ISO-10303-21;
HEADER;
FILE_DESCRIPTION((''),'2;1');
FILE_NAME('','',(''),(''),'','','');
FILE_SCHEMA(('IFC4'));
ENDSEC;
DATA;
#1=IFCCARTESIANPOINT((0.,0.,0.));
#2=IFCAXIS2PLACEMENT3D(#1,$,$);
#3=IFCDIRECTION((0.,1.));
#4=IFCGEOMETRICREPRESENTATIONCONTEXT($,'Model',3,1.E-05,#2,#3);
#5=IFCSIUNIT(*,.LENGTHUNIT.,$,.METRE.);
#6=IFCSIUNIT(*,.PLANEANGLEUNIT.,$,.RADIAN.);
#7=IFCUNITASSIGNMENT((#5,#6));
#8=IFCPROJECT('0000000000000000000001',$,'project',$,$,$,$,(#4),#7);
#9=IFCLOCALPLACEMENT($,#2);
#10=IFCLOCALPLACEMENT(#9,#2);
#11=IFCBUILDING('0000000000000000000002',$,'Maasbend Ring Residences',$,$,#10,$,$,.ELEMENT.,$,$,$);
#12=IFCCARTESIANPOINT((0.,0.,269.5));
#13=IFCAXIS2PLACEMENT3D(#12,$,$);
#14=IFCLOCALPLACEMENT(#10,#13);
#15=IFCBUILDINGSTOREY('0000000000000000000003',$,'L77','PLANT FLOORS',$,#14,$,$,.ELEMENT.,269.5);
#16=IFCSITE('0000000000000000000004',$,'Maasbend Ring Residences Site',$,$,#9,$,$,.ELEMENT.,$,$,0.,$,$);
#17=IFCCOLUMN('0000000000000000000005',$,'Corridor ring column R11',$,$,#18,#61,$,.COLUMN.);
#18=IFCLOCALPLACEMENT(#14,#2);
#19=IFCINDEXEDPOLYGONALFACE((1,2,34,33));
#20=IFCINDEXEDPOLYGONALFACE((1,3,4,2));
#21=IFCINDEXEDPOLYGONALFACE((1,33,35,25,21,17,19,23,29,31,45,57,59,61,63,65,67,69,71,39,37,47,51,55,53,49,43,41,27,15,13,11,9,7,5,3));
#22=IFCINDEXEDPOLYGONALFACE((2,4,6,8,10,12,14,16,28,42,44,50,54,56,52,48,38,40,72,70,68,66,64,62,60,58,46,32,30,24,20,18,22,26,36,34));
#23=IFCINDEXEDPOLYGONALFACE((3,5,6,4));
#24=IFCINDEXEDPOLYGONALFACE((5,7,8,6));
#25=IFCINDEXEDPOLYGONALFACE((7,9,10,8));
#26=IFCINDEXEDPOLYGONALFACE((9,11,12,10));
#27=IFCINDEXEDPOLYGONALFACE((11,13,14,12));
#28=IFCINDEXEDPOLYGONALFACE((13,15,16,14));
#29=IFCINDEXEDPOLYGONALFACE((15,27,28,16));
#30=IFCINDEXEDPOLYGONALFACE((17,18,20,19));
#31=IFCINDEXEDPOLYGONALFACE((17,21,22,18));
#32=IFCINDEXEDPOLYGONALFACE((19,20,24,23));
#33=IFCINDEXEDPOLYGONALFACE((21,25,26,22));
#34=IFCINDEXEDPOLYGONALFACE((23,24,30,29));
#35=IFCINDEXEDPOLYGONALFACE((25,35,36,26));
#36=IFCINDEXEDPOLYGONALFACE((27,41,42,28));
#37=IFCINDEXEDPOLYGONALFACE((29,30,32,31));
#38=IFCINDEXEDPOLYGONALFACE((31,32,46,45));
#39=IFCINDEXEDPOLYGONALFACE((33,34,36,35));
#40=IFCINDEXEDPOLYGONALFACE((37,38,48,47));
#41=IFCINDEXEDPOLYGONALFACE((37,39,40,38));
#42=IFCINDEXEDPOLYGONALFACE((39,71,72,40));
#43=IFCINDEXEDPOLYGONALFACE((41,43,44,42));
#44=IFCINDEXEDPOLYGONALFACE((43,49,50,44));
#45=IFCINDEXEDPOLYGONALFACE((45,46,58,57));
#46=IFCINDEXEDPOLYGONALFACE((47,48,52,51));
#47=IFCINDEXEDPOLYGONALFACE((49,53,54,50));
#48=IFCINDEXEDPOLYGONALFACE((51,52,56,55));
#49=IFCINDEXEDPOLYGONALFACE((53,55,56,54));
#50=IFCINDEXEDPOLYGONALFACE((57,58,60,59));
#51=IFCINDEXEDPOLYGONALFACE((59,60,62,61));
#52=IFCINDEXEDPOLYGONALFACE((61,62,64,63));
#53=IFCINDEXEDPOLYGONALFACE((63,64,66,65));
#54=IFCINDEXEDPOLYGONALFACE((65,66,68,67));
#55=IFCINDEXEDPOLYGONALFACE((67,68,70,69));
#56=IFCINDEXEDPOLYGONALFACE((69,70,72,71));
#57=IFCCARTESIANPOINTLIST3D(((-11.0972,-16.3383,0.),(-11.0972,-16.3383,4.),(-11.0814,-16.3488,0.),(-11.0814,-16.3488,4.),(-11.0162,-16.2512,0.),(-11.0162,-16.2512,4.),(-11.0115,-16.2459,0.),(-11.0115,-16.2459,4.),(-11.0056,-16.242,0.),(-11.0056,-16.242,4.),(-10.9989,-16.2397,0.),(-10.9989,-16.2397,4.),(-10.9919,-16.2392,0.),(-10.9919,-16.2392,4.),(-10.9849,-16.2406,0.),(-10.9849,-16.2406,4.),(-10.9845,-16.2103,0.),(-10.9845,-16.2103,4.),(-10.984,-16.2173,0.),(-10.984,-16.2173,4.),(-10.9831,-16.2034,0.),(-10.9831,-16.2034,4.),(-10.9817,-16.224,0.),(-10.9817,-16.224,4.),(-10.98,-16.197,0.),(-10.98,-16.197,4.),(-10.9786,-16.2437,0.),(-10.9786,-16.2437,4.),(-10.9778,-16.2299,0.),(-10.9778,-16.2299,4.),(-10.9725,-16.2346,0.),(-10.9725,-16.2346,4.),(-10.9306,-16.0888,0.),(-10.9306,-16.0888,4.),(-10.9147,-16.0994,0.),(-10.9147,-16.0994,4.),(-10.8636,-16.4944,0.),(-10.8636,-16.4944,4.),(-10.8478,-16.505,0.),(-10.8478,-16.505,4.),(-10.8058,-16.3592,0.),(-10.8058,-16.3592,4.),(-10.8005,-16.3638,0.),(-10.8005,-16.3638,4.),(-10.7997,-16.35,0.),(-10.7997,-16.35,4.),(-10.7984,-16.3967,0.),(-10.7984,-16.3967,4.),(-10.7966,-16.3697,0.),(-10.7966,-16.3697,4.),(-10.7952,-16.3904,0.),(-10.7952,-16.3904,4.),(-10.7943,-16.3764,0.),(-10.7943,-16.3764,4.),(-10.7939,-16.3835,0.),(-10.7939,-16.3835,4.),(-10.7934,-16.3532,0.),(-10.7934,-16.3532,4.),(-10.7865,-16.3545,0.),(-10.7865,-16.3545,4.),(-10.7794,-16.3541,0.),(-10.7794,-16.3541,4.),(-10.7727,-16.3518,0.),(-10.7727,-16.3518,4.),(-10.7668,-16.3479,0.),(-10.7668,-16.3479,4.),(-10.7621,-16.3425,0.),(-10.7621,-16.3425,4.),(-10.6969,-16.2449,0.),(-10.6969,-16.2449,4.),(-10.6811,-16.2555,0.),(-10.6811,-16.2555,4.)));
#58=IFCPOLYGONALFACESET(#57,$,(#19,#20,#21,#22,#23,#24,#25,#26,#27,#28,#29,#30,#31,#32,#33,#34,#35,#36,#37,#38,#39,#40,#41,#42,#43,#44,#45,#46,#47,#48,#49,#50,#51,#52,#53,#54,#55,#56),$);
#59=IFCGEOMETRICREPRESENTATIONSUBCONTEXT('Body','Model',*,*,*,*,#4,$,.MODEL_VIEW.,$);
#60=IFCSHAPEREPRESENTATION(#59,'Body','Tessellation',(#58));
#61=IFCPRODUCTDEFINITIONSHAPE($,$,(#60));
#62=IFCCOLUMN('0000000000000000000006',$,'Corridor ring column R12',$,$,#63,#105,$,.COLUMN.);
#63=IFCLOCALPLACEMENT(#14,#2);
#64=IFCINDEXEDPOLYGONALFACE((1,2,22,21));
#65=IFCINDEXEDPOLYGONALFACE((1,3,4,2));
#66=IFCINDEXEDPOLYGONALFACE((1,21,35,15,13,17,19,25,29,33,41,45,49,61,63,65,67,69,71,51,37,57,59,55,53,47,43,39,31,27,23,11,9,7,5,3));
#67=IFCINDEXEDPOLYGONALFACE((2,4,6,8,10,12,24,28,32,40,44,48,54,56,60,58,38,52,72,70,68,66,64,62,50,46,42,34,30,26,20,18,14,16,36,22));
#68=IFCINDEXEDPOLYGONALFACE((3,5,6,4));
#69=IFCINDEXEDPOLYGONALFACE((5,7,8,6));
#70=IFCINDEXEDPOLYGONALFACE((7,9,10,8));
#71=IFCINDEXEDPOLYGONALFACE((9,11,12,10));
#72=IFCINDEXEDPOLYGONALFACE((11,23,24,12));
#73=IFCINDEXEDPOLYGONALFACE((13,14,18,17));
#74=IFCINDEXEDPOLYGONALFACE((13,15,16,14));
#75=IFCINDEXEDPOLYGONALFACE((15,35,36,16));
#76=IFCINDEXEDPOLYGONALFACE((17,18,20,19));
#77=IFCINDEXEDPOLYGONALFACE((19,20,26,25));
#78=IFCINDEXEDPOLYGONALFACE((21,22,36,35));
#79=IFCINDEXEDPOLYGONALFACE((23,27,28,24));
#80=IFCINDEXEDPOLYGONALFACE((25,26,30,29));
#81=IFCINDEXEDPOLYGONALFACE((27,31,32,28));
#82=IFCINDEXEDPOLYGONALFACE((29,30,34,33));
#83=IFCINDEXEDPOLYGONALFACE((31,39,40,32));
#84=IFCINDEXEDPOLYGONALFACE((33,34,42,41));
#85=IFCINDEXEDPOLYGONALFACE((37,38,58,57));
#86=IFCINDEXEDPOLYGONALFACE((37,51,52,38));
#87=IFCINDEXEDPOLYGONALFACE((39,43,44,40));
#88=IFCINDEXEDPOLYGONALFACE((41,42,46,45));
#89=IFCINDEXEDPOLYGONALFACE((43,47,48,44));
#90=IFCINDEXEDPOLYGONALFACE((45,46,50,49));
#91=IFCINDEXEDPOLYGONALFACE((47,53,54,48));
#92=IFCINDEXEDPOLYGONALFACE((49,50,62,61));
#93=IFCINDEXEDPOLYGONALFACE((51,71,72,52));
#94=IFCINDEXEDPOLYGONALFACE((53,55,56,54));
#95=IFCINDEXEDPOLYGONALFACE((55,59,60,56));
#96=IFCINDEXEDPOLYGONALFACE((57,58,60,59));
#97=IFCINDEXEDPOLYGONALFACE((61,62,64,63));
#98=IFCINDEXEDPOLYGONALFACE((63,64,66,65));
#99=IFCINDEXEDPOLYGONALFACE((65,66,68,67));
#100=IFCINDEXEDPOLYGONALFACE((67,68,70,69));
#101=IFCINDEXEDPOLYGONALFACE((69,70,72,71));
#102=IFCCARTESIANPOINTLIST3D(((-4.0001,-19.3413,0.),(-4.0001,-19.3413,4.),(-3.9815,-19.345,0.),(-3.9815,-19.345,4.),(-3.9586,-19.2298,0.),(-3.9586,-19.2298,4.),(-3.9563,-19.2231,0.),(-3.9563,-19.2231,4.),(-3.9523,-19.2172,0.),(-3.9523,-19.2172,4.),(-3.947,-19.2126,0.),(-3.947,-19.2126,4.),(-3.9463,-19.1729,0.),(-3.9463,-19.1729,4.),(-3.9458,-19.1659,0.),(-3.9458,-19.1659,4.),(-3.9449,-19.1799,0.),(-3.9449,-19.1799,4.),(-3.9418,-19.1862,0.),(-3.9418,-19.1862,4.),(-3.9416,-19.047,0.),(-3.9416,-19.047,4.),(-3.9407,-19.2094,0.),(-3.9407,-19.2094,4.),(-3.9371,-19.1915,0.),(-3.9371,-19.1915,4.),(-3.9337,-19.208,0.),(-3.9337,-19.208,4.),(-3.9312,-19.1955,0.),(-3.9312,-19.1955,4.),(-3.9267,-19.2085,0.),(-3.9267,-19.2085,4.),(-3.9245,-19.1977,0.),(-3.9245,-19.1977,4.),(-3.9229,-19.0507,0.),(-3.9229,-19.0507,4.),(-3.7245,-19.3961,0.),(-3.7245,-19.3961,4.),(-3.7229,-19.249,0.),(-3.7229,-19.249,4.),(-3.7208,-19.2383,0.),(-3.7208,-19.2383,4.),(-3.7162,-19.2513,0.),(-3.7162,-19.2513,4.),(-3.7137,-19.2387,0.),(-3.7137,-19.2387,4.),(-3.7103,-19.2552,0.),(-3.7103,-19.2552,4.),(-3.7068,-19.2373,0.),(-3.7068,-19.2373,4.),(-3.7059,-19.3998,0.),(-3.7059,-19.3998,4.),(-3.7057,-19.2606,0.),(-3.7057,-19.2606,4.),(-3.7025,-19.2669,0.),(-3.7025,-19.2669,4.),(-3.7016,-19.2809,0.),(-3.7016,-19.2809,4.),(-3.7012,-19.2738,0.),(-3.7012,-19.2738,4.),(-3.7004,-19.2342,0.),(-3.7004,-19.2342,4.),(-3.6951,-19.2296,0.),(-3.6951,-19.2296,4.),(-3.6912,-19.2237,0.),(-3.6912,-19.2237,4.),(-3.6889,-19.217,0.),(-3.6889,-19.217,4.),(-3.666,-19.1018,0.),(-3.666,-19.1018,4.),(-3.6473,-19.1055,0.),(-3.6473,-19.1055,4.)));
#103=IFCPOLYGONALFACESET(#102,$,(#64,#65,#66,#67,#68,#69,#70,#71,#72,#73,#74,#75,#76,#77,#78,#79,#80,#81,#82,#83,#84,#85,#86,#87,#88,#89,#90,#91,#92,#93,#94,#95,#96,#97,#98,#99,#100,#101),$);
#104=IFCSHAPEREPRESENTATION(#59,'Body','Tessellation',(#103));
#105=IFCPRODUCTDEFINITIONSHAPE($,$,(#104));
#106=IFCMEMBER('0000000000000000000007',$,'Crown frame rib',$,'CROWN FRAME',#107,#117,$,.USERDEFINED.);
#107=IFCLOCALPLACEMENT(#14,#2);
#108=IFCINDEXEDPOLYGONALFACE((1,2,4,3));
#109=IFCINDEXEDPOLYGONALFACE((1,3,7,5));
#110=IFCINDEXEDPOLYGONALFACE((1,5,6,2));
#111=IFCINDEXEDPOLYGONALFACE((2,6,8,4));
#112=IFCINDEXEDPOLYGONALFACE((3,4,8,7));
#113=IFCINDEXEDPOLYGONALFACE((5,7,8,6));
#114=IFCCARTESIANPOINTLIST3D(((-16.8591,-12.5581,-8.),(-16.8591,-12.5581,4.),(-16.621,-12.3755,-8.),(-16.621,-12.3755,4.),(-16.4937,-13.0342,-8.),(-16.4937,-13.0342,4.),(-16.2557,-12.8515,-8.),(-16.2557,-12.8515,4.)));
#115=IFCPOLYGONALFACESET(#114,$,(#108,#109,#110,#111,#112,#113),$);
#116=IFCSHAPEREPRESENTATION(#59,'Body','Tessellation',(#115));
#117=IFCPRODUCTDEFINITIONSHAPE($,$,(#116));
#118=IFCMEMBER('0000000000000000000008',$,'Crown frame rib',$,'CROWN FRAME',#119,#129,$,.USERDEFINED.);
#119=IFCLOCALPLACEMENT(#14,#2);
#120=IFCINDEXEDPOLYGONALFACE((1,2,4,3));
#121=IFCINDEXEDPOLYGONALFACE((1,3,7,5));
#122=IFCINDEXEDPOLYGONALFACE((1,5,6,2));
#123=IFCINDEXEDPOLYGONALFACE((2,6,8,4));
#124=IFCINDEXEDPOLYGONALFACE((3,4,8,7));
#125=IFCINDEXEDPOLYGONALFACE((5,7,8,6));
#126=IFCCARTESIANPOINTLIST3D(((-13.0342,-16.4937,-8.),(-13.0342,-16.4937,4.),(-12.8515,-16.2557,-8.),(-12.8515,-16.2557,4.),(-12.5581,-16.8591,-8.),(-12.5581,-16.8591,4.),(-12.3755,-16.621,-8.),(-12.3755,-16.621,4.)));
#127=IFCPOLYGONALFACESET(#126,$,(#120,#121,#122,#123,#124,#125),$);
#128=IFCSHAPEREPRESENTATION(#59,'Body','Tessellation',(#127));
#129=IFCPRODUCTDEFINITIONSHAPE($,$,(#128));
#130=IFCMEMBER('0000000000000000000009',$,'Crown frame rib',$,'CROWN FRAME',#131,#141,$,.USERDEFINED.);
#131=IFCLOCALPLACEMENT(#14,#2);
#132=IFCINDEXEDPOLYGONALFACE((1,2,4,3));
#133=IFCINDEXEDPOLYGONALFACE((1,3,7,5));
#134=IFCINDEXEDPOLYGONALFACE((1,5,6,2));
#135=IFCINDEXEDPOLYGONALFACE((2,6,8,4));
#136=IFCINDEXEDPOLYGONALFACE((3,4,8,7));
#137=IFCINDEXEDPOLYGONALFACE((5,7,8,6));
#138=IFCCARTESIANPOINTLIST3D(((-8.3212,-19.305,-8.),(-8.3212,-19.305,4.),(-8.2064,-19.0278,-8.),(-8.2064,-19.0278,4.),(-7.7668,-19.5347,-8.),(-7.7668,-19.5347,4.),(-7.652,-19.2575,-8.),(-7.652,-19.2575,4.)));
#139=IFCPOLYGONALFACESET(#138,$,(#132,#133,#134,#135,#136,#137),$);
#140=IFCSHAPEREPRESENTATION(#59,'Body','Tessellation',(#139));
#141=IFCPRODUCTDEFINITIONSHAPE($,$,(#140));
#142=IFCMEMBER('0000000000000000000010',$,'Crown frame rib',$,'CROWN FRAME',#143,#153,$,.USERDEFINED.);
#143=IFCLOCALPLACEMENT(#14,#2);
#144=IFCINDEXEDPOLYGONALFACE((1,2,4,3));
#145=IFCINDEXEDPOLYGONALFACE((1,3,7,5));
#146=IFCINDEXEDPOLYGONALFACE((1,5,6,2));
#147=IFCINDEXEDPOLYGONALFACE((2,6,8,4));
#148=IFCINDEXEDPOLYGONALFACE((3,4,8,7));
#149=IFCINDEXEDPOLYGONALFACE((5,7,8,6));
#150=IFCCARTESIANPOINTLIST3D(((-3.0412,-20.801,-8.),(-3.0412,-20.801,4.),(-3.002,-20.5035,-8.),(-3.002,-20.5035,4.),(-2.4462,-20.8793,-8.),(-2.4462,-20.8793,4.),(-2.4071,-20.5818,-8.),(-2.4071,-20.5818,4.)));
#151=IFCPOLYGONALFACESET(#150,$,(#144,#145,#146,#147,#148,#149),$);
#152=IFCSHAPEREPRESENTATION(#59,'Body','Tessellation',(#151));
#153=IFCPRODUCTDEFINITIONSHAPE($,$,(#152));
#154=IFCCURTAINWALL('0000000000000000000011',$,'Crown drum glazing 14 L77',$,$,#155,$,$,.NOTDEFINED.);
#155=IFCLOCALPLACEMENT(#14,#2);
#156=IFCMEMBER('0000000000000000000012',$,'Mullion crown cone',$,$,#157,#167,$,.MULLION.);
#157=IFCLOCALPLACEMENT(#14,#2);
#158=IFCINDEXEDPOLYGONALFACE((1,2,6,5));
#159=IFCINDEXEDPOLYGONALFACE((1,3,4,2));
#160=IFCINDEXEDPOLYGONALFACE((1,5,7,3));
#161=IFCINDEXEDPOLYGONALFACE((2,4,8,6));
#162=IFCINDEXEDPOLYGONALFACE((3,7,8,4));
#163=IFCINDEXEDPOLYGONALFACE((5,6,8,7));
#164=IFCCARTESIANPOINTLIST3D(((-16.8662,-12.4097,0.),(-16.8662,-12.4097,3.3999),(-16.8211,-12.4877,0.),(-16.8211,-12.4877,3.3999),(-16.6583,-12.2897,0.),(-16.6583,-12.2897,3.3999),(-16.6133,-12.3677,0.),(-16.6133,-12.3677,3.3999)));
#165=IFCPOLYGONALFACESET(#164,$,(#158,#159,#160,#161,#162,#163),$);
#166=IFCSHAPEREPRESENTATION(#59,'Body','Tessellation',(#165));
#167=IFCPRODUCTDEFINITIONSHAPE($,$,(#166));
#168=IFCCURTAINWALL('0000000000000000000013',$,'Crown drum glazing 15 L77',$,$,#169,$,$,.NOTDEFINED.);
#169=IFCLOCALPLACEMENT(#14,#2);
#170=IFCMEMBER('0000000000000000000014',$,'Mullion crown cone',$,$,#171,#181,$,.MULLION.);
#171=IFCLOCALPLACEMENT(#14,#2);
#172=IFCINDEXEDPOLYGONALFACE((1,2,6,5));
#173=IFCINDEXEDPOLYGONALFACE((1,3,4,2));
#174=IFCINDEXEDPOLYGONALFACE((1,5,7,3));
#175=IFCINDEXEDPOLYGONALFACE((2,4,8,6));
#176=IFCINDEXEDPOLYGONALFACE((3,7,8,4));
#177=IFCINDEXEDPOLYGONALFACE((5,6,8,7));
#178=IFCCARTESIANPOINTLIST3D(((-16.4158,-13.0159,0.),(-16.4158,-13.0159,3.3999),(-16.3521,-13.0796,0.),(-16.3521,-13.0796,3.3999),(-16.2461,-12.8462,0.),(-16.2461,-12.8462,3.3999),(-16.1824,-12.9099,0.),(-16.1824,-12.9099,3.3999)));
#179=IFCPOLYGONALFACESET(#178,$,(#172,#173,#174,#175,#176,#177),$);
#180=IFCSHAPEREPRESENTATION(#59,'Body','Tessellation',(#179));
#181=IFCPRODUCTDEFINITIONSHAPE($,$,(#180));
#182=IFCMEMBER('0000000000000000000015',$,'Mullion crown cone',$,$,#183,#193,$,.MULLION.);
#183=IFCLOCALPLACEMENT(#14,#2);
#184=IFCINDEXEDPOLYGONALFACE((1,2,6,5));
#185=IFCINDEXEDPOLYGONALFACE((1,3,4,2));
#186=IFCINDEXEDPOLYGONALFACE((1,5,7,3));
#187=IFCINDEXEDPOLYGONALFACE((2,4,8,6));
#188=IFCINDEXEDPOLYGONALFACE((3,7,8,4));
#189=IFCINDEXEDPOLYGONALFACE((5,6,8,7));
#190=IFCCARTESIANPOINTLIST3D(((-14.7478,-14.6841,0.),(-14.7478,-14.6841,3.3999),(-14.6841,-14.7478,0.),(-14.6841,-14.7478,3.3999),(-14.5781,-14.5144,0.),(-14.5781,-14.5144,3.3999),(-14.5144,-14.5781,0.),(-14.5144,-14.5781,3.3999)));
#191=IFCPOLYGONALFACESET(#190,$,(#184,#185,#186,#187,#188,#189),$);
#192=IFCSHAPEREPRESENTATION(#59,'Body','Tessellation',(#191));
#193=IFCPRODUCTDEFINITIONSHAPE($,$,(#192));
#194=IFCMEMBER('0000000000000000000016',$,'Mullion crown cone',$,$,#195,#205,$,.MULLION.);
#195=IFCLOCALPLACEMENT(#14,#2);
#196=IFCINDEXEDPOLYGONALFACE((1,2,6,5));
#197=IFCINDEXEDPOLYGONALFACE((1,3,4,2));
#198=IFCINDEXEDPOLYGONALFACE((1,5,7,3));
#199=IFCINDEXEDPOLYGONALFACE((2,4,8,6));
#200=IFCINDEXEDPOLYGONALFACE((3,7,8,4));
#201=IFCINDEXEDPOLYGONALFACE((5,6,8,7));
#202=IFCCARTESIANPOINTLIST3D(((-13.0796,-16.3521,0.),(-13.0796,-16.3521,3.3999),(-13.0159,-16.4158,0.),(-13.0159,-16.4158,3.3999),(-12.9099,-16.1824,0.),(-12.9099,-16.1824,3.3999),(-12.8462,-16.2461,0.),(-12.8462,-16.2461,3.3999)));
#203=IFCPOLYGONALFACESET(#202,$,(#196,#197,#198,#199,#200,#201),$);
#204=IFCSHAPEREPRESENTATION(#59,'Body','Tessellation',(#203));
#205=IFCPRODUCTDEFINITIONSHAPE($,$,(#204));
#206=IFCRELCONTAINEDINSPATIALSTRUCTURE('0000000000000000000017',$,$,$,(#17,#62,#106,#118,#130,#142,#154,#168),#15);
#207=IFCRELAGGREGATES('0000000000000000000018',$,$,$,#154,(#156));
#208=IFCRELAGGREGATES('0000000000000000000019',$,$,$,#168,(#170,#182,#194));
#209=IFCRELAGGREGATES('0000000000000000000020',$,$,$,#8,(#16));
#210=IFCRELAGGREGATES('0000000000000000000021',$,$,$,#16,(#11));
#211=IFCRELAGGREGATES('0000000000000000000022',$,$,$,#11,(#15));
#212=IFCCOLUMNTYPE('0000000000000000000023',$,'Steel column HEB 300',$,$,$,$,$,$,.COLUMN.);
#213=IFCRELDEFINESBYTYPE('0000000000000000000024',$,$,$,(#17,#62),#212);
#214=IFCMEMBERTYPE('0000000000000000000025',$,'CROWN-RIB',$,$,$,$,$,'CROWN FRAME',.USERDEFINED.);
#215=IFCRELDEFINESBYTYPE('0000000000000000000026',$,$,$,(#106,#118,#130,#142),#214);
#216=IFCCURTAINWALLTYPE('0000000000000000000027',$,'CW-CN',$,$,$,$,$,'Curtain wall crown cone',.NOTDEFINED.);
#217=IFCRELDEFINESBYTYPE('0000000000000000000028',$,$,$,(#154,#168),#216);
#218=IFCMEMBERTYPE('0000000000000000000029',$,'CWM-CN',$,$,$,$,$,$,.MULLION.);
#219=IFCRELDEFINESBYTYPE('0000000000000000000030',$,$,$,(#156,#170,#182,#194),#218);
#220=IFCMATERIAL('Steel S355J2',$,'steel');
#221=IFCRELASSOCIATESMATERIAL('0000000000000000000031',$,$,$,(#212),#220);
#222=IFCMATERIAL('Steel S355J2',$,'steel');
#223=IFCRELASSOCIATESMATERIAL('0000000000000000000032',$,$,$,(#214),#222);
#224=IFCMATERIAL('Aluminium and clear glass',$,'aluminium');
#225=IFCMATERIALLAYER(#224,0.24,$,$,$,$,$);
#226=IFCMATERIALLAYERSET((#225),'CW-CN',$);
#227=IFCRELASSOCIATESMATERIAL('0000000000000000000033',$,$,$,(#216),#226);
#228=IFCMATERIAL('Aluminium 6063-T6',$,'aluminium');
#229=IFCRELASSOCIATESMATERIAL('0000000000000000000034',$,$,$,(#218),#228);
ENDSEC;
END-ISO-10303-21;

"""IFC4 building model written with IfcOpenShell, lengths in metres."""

from ifc_helpers import new_model, si_unit, direction, frame, origin, origin_2d, place, context, subcontext, project, spatial, rectangle, i_section, extrude, material, layer, layer_set, material_profile, profile_set, type_object, element, aggregate, save


model = new_model("IFC4")

# Units and contexts
model_context = context("Model", 3, precision=1e-05, world=origin(), true_north=direction((0.0, 1.0)))
body_context = subcontext(model_context, "Body", "Model", "MODEL_VIEW")
ifc_project = project(units=[si_unit("LENGTHUNIT", "METRE"), si_unit("PLANEANGLEUNIT", "RADIAN")], contexts=[model_context])

# Site, building, storey
site_placement = place(None, origin())
site = spatial("IfcSite", under=ifc_project, at=site_placement, Name="Maasbend Ring Residences Site", CompositionType="ELEMENT", RefElevation=0.0)
building_placement = place(site_placement, origin())
building = spatial("IfcBuilding", under=site, at=building_placement, Name="Maasbend Ring Residences", CompositionType="ELEMENT")
storey_placement = place(building_placement, frame((0.0, 0.0, 269.5)))
storey = spatial("IfcBuildingStorey", under=building, at=storey_placement, Name="L77", Description="PLANT FLOORS", CompositionType="ELEMENT", Elevation=269.5)

# Columns
ifc_material_1 = material(Name="Steel S355J2", Category="steel")
ifc_material_profile_1 = material_profile(ifc_material_1, i_section(OverallWidth=0.3, OverallDepth=0.3, WebThickness=0.011, FlangeThickness=0.019, FilletRadius=0.0271, at=origin_2d()), Name="HEB 300")
ifc_profile_set_1 = profile_set([ifc_material_profile_1], Name="Steel S355J2")
column_type = type_object("IfcColumnType", Name="Steel column HEB 300", PredefinedType="COLUMN", material=ifc_profile_set_1)
for number, where, z_axis, x_axis, name in (
    (1, (-10.8892, -16.2969, 0.0), (0.0, 0.0, 1.0), (-0.55557, -0.83147, 0.0), "Corridor ring column R11"),
    (2, (-3.8237, -19.2234, 0.0), (0.0, 0.0, 1.0), (-0.19509, -0.980785, 0.0), "Corridor ring column R12"),
):
    element("IfcColumn", number, at=place(storey_placement, frame(where, z_axis=z_axis, x_axis=x_axis)), inside=storey, type_object=column_type, Name=name, PredefinedType="COLUMN", context=body_context, shape_type="SweptSolid", body=[
        extrude(i_section(OverallWidth=0.3, OverallDepth=0.3, WebThickness=0.011, FlangeThickness=0.019, FilletRadius=0.0271, at=origin_2d()), origin(), (0.0, 0.0, 1.0), 4.0),
    ])

# Members
ifc_material_2 = material(Name="Steel S355J2", Category="steel")
ifc_material_profile_2 = material_profile(ifc_material_2, rectangle(XDim=0.3, YDim=0.6001, at=origin_2d()), Name="Box 300x600x12")
ifc_profile_set_2 = profile_set([ifc_material_profile_2], Name="Steel S355J2")
member_type_1 = type_object("IfcMemberType", Name="CROWN-RIB", ElementType="CROWN FRAME", PredefinedType="USERDEFINED", material=ifc_profile_set_2)
for number, where, z_axis, x_axis, name in (
    (3, (-16.5574, -12.7048, -8.0), (0.0, 0.0, 1.0), (-0.793353, -0.608761, 0.0), "Crown frame rib"),
    (4, (-12.7048, -16.5574, -8.0), (0.0, 0.0, 1.0), (-0.608761, -0.793353, 0.0), "Crown frame rib"),
    (5, (-7.9866, -19.2812, -8.0), (0.0, 0.0, 1.0), (-0.382683, -0.92388, 0.0), "Crown frame rib"),
    (6, (-2.7241, -20.6914, -8.0), (0.0, 0.0, 1.0), (-0.130526, -0.991445, 0.0), "Crown frame rib"),
):
    element("IfcMember", number, at=place(storey_placement, frame(where, z_axis=z_axis, x_axis=x_axis)), inside=storey, type_object=member_type_1, Name=name, ObjectType="CROWN FRAME", PredefinedType="USERDEFINED", context=body_context, shape_type="SweptSolid", body=[
        extrude(rectangle(XDim=0.3, YDim=0.6001, at=origin_2d()), origin(), (0.0, 0.0, 1.0), 12.0),
    ])

# Curtain wall, member
ifc_material_3 = material(Name="Aluminium and clear glass", Category="aluminium")
ifc_layer_1 = layer(ifc_material_3, 0.24)
ifc_layer_set_1 = layer_set([ifc_layer_1], Name="CW-CN")
curtain_wall_type = type_object("IfcCurtainWallType", Name="CW-CN", ElementType="Curtain wall crown cone", PredefinedType="NOTDEFINED", material=ifc_layer_set_1)
curtain_wall_1_placement = place(storey_placement, origin())
curtain_wall_1 = element("IfcCurtainWall", 7, at=curtain_wall_1_placement, inside=storey, type_object=curtain_wall_type, Name="Crown drum glazing 14 L77", PredefinedType="NOTDEFINED")
ifc_material_4 = material(Name="Aluminium 6063-T6", Category="aluminium")
ifc_material_profile_3 = material_profile(ifc_material_4, rectangle(XDim=0.24, YDim=0.0901, at=origin_2d()), Name="AL 240x90")
ifc_profile_set_3 = profile_set([ifc_material_profile_3], Name="Aluminium 6063-T6")
member_type_2 = type_object("IfcMemberType", Name="CWM-CN", PredefinedType="MULLION", material=ifc_profile_set_3)
member_1_placement = place(storey_placement, frame((-16.7397, -12.3887, 0.0), z_axis=(0.0, 0.0, 1.0), x_axis=(0.866025, 0.5, 0.0)))
member_1 = element("IfcMember", 8, at=member_1_placement, type_object=member_type_2, Name="Mullion crown cone", PredefinedType="MULLION", context=body_context, shape_type="SweptSolid", body=[
    extrude(rectangle(XDim=0.24, YDim=0.0901, at=origin_2d()), origin(), (0.0, 0.0, 1.0), 3.3999),
])
aggregate(curtain_wall_1, [member_1])

# Curtain wall, members
curtain_wall_2_placement = place(storey_placement, origin())
curtain_wall_2 = element("IfcCurtainWall", 9, at=curtain_wall_2_placement, inside=storey, type_object=curtain_wall_type, Name="Crown drum glazing 15 L77", PredefinedType="NOTDEFINED")
member_2_placement = place(storey_placement, frame((-16.2991, -12.9629, 0.0), z_axis=(0.0, 0.0, 1.0), x_axis=(0.707107, 0.707107, 0.0)))
member_2 = element("IfcMember", 10, at=member_2_placement, type_object=member_type_2, Name="Mullion crown cone", PredefinedType="MULLION", context=body_context, shape_type="SweptSolid", body=[
    extrude(rectangle(XDim=0.24, YDim=0.0901, at=origin_2d()), origin(), (0.0, 0.0, 1.0), 3.3999),
])
member_3_placement = place(storey_placement, frame((-14.6311, -14.6311, 0.0), z_axis=(0.0, 0.0, 1.0), x_axis=(0.707107, 0.707107, 0.0)))
member_3 = element("IfcMember", 11, at=member_3_placement, type_object=member_type_2, Name="Mullion crown cone", PredefinedType="MULLION", context=body_context, shape_type="SweptSolid", body=[
    extrude(rectangle(XDim=0.24, YDim=0.0901, at=origin_2d()), origin(), (0.0, 0.0, 1.0), 3.3999),
])
member_4_placement = place(storey_placement, frame((-12.9629, -16.2991, 0.0), z_axis=(0.0, 0.0, 1.0), x_axis=(0.707107, 0.707107, 0.0)))
member_4 = element("IfcMember", 12, at=member_4_placement, type_object=member_type_2, Name="Mullion crown cone", PredefinedType="MULLION", context=body_context, shape_type="SweptSolid", body=[
    extrude(rectangle(XDim=0.24, YDim=0.0901, at=origin_2d()), origin(), (0.0, 0.0, 1.0), 3.3999),
])

aggregate(curtain_wall_2, [member_2, member_3, member_4])

save(model, "model.ifc")
